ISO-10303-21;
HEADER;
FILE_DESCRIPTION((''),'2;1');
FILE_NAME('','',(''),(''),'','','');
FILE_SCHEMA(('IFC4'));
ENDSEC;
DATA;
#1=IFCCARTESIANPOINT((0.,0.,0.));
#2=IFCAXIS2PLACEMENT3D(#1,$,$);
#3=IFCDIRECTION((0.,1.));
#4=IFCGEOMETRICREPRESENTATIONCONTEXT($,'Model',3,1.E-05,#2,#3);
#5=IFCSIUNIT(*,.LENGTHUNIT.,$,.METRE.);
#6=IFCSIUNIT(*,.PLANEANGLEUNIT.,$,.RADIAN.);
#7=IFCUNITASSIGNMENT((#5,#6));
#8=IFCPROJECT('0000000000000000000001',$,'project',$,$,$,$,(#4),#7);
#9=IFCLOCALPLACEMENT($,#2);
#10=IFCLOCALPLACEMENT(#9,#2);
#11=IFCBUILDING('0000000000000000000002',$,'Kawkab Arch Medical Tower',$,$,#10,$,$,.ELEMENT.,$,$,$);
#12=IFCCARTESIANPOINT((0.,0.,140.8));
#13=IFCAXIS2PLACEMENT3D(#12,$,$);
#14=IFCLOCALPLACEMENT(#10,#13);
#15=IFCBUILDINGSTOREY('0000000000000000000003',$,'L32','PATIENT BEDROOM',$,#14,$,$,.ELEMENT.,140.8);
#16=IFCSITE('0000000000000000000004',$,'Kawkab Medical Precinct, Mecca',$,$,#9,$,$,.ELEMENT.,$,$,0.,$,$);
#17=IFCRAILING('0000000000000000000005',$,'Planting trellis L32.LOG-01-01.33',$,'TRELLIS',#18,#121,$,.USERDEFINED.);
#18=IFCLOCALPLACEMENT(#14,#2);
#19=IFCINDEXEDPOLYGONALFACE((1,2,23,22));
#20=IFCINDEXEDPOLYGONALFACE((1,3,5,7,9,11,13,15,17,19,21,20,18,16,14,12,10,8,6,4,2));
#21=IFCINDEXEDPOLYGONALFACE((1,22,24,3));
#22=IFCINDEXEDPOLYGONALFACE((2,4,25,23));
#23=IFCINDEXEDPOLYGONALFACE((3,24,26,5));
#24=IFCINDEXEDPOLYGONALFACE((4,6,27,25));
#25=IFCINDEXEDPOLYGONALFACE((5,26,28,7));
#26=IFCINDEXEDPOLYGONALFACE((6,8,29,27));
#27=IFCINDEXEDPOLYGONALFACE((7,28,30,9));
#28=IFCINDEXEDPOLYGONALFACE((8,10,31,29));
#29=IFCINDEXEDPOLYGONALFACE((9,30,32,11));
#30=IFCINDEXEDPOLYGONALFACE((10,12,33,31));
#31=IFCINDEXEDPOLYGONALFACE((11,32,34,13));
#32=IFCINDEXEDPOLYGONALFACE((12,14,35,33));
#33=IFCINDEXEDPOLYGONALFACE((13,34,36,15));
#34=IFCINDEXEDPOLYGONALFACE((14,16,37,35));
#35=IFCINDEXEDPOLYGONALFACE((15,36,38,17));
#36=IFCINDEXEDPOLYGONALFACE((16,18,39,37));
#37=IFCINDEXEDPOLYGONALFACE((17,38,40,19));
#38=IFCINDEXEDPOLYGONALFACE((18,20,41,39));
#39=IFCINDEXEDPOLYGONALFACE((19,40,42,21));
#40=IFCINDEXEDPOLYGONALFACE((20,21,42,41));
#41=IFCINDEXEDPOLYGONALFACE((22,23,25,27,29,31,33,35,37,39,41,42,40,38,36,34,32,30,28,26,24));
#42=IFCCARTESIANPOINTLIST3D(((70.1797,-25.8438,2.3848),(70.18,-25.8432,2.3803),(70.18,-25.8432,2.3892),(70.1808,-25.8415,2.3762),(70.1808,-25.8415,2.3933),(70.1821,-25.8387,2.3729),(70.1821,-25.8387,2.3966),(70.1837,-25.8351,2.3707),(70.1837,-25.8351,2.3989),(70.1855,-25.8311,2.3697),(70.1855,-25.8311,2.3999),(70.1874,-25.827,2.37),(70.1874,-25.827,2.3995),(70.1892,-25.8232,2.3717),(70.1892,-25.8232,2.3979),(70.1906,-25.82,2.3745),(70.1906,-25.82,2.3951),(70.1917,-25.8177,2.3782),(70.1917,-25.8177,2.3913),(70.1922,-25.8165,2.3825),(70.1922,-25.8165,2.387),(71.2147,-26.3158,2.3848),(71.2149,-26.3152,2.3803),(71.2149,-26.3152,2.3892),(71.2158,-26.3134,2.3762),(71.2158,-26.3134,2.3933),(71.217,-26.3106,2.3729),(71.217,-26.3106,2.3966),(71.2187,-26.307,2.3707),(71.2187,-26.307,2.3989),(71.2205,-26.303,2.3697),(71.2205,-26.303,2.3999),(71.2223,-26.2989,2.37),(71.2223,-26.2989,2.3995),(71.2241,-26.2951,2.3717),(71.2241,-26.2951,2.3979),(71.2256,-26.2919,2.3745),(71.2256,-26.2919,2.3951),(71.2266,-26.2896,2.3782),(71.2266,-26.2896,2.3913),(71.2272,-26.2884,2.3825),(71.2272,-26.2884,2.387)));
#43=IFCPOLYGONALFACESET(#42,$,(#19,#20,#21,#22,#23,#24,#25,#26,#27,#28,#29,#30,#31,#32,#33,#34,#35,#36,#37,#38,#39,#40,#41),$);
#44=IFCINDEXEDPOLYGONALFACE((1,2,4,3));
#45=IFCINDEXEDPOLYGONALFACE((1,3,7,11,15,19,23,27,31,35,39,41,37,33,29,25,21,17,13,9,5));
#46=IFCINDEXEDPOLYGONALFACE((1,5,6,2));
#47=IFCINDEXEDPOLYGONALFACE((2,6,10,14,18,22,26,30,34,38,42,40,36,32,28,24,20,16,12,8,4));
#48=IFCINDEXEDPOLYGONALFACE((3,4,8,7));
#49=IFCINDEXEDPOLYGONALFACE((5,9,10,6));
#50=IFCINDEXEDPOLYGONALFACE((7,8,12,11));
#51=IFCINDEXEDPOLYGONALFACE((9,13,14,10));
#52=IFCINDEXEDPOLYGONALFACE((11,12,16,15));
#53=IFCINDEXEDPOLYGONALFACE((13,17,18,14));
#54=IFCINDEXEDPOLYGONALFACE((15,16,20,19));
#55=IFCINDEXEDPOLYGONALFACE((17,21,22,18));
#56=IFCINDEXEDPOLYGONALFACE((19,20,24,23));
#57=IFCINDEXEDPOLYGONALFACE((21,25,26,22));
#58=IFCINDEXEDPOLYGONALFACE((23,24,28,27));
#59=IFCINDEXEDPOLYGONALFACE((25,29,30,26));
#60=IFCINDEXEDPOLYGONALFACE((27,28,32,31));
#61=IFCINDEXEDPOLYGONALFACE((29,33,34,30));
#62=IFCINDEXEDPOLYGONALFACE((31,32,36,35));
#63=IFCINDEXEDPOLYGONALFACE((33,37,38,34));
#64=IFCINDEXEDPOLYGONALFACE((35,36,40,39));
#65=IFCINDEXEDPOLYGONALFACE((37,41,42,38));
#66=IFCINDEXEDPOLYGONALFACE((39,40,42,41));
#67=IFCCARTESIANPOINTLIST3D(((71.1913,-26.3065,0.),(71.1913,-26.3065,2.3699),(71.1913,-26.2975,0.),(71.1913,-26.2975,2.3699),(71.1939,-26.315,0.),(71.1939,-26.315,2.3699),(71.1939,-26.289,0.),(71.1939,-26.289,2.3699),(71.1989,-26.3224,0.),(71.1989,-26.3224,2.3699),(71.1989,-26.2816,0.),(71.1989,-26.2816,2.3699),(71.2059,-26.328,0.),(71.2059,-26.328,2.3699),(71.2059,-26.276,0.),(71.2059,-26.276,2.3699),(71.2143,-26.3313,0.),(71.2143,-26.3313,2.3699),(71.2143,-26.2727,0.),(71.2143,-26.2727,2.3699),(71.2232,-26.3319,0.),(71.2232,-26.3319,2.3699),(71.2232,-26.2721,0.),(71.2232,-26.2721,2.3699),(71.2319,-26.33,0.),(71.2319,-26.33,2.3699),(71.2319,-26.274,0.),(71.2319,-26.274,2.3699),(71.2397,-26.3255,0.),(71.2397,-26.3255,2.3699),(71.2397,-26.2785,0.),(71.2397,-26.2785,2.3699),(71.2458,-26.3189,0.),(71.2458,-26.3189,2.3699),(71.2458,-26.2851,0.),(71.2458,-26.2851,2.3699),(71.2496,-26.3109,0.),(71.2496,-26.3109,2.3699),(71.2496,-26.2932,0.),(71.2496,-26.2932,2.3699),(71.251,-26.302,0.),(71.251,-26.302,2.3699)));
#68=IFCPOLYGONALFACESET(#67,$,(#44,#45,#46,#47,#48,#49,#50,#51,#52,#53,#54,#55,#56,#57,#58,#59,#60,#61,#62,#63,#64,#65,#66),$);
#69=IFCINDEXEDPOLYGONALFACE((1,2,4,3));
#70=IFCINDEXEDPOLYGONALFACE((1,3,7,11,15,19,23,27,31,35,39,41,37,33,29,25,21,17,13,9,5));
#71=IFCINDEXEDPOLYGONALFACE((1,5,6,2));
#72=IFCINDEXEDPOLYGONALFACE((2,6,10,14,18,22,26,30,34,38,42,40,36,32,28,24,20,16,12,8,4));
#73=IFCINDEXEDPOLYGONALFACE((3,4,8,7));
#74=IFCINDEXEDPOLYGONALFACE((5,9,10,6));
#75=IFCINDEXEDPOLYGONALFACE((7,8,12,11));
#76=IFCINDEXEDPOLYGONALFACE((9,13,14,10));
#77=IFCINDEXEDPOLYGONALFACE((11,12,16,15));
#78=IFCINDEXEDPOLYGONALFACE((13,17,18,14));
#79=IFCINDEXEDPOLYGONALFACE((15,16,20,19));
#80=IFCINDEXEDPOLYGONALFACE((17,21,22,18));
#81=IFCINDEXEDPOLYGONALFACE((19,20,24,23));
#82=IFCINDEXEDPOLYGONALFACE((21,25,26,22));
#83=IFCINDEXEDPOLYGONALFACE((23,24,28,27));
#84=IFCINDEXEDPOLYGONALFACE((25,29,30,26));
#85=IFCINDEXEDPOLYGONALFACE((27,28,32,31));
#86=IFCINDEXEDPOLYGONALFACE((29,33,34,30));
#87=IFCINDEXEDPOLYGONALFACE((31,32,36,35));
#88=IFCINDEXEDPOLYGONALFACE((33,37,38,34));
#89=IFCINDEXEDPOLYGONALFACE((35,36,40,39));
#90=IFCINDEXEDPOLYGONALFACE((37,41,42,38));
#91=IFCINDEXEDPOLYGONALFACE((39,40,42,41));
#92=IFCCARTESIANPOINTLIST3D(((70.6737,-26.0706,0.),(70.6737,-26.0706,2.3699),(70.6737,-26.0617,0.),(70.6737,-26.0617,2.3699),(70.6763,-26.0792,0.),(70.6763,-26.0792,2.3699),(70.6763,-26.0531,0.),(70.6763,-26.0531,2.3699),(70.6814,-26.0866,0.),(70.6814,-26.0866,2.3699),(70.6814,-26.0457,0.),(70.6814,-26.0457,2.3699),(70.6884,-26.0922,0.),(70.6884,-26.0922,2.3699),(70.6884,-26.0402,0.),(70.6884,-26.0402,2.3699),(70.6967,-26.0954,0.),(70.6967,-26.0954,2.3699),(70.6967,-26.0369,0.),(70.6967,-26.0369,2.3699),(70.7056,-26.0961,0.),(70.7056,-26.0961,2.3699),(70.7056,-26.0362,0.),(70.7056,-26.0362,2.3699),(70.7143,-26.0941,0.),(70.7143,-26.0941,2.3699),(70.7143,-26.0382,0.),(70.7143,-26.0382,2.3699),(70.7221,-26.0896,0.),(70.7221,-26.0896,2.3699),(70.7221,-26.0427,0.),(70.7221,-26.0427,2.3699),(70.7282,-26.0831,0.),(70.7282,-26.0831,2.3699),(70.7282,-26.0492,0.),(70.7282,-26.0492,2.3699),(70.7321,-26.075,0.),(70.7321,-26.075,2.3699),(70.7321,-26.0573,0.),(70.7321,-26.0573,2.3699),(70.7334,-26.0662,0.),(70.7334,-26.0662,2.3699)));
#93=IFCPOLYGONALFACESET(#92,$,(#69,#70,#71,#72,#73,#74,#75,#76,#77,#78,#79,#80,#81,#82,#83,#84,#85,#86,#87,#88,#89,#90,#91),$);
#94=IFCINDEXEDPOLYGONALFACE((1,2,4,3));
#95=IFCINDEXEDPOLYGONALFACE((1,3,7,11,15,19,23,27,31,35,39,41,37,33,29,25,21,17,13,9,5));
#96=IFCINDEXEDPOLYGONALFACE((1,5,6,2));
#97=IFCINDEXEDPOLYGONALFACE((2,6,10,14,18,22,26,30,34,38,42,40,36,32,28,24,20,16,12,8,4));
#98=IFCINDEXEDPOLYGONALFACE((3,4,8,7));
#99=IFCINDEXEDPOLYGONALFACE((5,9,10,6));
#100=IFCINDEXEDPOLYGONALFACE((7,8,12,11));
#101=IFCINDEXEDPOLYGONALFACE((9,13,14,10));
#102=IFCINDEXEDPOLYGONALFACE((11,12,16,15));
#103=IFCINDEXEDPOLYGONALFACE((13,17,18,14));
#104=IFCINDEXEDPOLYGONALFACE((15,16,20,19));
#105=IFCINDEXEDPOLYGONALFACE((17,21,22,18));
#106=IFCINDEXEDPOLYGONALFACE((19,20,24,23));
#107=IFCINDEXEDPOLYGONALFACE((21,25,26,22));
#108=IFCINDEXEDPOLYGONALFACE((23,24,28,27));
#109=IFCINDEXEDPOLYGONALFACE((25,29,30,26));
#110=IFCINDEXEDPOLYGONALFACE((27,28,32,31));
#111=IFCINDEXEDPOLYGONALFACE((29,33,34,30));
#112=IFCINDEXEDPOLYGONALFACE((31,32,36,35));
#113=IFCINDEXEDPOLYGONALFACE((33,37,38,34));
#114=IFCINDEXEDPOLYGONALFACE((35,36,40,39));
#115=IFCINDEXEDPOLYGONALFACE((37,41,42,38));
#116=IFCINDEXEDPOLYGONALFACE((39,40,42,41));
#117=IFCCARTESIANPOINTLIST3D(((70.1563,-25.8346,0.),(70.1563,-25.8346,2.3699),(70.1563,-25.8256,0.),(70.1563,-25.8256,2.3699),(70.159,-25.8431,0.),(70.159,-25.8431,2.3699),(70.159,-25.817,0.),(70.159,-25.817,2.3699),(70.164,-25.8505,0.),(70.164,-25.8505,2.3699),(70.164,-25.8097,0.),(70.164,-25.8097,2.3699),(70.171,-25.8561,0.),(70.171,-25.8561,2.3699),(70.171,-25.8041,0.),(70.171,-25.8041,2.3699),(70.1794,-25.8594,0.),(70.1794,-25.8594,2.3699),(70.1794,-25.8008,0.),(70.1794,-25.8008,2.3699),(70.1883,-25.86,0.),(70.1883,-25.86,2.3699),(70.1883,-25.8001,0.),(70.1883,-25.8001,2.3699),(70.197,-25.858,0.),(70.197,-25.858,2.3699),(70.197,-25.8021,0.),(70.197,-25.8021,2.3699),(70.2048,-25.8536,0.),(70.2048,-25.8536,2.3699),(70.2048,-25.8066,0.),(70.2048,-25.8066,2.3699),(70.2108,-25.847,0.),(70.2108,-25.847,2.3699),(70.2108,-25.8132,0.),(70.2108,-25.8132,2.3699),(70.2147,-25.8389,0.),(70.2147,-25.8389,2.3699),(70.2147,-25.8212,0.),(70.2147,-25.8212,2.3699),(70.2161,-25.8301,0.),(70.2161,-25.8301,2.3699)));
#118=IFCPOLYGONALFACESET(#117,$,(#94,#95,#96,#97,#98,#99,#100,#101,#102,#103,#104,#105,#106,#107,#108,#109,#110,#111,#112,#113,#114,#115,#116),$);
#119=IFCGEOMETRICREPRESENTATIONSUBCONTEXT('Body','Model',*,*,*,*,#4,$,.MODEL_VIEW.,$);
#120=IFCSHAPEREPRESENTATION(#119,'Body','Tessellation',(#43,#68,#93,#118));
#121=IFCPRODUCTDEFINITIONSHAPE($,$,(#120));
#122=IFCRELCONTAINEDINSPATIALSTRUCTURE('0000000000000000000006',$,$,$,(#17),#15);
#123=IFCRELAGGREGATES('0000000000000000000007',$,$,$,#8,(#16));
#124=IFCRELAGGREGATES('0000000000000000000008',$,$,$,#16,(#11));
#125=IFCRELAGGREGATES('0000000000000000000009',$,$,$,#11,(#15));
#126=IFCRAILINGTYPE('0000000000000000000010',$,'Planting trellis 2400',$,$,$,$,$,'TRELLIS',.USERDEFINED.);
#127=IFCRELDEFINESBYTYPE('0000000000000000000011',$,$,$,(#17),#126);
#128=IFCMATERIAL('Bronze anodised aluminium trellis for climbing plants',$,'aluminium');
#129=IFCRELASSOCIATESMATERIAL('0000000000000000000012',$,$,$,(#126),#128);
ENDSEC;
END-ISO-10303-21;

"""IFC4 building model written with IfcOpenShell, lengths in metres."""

from ifc_helpers import new_model, si_unit, direction, frame, origin, origin_2d, place, context, subcontext, project, spatial, circle, extrude, material, type_object, element, save


model = new_model("IFC4")

# Units and contexts
model_context = context("Model", 3, precision=1e-05, world=origin(), true_north=direction((0.0, 1.0)))
body_context = subcontext(model_context, "Body", "Model", "MODEL_VIEW")
ifc_project = project(units=[si_unit("LENGTHUNIT", "METRE"), si_unit("PLANEANGLEUNIT", "RADIAN")], contexts=[model_context])

# Site, building, storey
site_placement = place(None, origin())
site = spatial("IfcSite", under=ifc_project, at=site_placement, Name="Kawkab Medical Precinct, Mecca", CompositionType="ELEMENT", RefElevation=0.0)
building_placement = place(site_placement, origin())
building = spatial("IfcBuilding", under=site, at=building_placement, Name="Kawkab Arch Medical Tower", CompositionType="ELEMENT")
storey_placement = place(building_placement, frame((0.0, 0.0, 140.8)))
storey = spatial("IfcBuildingStorey", under=building, at=storey_placement, Name="L32", Description="PATIENT BEDROOM", CompositionType="ELEMENT", Elevation=140.8)

# Railing
ifc_material_1 = material(Name="Bronze anodised aluminium trellis for climbing plants", Category="aluminium")
railing_type = type_object("IfcRailingType", Name="Planting trellis 2400", ElementType="TRELLIS", PredefinedType="USERDEFINED", material=ifc_material_1)
railing_1_placement = place(storey_placement, frame((71.2209, -26.302, 0.0)))
element("IfcRailing", 1, at=railing_1_placement, inside=storey, type_object=railing_type, Name="Planting trellis L32.LOG-01-01.33", ObjectType="TRELLIS", PredefinedType="USERDEFINED", context=body_context, shape_type="SweptSolid", body=[
    extrude(circle(Radius=0.0151, at=origin_2d()), frame((0.0, 0.0, 2.3848), z_axis=(-0.909866, 0.414902, 0.0), x_axis=(-0.414902, -0.909866, 0.0)), (0.0, 0.0, 1.0), 1.1375),
    extrude(circle(Radius=0.03, at=origin_2d()), origin(), (0.0, 0.0, 1.0), 2.3699),
    extrude(circle(Radius=0.03, at=origin_2d()), frame((-0.5176, 0.2358, 0.0)), (0.0, 0.0, 1.0), 2.3699),
    extrude(circle(Radius=0.03, at=origin_2d()), frame((-1.0349, 0.4719, 0.0)), (0.0, 0.0, 1.0), 2.3699),
])

save(model, "model.ifc")
